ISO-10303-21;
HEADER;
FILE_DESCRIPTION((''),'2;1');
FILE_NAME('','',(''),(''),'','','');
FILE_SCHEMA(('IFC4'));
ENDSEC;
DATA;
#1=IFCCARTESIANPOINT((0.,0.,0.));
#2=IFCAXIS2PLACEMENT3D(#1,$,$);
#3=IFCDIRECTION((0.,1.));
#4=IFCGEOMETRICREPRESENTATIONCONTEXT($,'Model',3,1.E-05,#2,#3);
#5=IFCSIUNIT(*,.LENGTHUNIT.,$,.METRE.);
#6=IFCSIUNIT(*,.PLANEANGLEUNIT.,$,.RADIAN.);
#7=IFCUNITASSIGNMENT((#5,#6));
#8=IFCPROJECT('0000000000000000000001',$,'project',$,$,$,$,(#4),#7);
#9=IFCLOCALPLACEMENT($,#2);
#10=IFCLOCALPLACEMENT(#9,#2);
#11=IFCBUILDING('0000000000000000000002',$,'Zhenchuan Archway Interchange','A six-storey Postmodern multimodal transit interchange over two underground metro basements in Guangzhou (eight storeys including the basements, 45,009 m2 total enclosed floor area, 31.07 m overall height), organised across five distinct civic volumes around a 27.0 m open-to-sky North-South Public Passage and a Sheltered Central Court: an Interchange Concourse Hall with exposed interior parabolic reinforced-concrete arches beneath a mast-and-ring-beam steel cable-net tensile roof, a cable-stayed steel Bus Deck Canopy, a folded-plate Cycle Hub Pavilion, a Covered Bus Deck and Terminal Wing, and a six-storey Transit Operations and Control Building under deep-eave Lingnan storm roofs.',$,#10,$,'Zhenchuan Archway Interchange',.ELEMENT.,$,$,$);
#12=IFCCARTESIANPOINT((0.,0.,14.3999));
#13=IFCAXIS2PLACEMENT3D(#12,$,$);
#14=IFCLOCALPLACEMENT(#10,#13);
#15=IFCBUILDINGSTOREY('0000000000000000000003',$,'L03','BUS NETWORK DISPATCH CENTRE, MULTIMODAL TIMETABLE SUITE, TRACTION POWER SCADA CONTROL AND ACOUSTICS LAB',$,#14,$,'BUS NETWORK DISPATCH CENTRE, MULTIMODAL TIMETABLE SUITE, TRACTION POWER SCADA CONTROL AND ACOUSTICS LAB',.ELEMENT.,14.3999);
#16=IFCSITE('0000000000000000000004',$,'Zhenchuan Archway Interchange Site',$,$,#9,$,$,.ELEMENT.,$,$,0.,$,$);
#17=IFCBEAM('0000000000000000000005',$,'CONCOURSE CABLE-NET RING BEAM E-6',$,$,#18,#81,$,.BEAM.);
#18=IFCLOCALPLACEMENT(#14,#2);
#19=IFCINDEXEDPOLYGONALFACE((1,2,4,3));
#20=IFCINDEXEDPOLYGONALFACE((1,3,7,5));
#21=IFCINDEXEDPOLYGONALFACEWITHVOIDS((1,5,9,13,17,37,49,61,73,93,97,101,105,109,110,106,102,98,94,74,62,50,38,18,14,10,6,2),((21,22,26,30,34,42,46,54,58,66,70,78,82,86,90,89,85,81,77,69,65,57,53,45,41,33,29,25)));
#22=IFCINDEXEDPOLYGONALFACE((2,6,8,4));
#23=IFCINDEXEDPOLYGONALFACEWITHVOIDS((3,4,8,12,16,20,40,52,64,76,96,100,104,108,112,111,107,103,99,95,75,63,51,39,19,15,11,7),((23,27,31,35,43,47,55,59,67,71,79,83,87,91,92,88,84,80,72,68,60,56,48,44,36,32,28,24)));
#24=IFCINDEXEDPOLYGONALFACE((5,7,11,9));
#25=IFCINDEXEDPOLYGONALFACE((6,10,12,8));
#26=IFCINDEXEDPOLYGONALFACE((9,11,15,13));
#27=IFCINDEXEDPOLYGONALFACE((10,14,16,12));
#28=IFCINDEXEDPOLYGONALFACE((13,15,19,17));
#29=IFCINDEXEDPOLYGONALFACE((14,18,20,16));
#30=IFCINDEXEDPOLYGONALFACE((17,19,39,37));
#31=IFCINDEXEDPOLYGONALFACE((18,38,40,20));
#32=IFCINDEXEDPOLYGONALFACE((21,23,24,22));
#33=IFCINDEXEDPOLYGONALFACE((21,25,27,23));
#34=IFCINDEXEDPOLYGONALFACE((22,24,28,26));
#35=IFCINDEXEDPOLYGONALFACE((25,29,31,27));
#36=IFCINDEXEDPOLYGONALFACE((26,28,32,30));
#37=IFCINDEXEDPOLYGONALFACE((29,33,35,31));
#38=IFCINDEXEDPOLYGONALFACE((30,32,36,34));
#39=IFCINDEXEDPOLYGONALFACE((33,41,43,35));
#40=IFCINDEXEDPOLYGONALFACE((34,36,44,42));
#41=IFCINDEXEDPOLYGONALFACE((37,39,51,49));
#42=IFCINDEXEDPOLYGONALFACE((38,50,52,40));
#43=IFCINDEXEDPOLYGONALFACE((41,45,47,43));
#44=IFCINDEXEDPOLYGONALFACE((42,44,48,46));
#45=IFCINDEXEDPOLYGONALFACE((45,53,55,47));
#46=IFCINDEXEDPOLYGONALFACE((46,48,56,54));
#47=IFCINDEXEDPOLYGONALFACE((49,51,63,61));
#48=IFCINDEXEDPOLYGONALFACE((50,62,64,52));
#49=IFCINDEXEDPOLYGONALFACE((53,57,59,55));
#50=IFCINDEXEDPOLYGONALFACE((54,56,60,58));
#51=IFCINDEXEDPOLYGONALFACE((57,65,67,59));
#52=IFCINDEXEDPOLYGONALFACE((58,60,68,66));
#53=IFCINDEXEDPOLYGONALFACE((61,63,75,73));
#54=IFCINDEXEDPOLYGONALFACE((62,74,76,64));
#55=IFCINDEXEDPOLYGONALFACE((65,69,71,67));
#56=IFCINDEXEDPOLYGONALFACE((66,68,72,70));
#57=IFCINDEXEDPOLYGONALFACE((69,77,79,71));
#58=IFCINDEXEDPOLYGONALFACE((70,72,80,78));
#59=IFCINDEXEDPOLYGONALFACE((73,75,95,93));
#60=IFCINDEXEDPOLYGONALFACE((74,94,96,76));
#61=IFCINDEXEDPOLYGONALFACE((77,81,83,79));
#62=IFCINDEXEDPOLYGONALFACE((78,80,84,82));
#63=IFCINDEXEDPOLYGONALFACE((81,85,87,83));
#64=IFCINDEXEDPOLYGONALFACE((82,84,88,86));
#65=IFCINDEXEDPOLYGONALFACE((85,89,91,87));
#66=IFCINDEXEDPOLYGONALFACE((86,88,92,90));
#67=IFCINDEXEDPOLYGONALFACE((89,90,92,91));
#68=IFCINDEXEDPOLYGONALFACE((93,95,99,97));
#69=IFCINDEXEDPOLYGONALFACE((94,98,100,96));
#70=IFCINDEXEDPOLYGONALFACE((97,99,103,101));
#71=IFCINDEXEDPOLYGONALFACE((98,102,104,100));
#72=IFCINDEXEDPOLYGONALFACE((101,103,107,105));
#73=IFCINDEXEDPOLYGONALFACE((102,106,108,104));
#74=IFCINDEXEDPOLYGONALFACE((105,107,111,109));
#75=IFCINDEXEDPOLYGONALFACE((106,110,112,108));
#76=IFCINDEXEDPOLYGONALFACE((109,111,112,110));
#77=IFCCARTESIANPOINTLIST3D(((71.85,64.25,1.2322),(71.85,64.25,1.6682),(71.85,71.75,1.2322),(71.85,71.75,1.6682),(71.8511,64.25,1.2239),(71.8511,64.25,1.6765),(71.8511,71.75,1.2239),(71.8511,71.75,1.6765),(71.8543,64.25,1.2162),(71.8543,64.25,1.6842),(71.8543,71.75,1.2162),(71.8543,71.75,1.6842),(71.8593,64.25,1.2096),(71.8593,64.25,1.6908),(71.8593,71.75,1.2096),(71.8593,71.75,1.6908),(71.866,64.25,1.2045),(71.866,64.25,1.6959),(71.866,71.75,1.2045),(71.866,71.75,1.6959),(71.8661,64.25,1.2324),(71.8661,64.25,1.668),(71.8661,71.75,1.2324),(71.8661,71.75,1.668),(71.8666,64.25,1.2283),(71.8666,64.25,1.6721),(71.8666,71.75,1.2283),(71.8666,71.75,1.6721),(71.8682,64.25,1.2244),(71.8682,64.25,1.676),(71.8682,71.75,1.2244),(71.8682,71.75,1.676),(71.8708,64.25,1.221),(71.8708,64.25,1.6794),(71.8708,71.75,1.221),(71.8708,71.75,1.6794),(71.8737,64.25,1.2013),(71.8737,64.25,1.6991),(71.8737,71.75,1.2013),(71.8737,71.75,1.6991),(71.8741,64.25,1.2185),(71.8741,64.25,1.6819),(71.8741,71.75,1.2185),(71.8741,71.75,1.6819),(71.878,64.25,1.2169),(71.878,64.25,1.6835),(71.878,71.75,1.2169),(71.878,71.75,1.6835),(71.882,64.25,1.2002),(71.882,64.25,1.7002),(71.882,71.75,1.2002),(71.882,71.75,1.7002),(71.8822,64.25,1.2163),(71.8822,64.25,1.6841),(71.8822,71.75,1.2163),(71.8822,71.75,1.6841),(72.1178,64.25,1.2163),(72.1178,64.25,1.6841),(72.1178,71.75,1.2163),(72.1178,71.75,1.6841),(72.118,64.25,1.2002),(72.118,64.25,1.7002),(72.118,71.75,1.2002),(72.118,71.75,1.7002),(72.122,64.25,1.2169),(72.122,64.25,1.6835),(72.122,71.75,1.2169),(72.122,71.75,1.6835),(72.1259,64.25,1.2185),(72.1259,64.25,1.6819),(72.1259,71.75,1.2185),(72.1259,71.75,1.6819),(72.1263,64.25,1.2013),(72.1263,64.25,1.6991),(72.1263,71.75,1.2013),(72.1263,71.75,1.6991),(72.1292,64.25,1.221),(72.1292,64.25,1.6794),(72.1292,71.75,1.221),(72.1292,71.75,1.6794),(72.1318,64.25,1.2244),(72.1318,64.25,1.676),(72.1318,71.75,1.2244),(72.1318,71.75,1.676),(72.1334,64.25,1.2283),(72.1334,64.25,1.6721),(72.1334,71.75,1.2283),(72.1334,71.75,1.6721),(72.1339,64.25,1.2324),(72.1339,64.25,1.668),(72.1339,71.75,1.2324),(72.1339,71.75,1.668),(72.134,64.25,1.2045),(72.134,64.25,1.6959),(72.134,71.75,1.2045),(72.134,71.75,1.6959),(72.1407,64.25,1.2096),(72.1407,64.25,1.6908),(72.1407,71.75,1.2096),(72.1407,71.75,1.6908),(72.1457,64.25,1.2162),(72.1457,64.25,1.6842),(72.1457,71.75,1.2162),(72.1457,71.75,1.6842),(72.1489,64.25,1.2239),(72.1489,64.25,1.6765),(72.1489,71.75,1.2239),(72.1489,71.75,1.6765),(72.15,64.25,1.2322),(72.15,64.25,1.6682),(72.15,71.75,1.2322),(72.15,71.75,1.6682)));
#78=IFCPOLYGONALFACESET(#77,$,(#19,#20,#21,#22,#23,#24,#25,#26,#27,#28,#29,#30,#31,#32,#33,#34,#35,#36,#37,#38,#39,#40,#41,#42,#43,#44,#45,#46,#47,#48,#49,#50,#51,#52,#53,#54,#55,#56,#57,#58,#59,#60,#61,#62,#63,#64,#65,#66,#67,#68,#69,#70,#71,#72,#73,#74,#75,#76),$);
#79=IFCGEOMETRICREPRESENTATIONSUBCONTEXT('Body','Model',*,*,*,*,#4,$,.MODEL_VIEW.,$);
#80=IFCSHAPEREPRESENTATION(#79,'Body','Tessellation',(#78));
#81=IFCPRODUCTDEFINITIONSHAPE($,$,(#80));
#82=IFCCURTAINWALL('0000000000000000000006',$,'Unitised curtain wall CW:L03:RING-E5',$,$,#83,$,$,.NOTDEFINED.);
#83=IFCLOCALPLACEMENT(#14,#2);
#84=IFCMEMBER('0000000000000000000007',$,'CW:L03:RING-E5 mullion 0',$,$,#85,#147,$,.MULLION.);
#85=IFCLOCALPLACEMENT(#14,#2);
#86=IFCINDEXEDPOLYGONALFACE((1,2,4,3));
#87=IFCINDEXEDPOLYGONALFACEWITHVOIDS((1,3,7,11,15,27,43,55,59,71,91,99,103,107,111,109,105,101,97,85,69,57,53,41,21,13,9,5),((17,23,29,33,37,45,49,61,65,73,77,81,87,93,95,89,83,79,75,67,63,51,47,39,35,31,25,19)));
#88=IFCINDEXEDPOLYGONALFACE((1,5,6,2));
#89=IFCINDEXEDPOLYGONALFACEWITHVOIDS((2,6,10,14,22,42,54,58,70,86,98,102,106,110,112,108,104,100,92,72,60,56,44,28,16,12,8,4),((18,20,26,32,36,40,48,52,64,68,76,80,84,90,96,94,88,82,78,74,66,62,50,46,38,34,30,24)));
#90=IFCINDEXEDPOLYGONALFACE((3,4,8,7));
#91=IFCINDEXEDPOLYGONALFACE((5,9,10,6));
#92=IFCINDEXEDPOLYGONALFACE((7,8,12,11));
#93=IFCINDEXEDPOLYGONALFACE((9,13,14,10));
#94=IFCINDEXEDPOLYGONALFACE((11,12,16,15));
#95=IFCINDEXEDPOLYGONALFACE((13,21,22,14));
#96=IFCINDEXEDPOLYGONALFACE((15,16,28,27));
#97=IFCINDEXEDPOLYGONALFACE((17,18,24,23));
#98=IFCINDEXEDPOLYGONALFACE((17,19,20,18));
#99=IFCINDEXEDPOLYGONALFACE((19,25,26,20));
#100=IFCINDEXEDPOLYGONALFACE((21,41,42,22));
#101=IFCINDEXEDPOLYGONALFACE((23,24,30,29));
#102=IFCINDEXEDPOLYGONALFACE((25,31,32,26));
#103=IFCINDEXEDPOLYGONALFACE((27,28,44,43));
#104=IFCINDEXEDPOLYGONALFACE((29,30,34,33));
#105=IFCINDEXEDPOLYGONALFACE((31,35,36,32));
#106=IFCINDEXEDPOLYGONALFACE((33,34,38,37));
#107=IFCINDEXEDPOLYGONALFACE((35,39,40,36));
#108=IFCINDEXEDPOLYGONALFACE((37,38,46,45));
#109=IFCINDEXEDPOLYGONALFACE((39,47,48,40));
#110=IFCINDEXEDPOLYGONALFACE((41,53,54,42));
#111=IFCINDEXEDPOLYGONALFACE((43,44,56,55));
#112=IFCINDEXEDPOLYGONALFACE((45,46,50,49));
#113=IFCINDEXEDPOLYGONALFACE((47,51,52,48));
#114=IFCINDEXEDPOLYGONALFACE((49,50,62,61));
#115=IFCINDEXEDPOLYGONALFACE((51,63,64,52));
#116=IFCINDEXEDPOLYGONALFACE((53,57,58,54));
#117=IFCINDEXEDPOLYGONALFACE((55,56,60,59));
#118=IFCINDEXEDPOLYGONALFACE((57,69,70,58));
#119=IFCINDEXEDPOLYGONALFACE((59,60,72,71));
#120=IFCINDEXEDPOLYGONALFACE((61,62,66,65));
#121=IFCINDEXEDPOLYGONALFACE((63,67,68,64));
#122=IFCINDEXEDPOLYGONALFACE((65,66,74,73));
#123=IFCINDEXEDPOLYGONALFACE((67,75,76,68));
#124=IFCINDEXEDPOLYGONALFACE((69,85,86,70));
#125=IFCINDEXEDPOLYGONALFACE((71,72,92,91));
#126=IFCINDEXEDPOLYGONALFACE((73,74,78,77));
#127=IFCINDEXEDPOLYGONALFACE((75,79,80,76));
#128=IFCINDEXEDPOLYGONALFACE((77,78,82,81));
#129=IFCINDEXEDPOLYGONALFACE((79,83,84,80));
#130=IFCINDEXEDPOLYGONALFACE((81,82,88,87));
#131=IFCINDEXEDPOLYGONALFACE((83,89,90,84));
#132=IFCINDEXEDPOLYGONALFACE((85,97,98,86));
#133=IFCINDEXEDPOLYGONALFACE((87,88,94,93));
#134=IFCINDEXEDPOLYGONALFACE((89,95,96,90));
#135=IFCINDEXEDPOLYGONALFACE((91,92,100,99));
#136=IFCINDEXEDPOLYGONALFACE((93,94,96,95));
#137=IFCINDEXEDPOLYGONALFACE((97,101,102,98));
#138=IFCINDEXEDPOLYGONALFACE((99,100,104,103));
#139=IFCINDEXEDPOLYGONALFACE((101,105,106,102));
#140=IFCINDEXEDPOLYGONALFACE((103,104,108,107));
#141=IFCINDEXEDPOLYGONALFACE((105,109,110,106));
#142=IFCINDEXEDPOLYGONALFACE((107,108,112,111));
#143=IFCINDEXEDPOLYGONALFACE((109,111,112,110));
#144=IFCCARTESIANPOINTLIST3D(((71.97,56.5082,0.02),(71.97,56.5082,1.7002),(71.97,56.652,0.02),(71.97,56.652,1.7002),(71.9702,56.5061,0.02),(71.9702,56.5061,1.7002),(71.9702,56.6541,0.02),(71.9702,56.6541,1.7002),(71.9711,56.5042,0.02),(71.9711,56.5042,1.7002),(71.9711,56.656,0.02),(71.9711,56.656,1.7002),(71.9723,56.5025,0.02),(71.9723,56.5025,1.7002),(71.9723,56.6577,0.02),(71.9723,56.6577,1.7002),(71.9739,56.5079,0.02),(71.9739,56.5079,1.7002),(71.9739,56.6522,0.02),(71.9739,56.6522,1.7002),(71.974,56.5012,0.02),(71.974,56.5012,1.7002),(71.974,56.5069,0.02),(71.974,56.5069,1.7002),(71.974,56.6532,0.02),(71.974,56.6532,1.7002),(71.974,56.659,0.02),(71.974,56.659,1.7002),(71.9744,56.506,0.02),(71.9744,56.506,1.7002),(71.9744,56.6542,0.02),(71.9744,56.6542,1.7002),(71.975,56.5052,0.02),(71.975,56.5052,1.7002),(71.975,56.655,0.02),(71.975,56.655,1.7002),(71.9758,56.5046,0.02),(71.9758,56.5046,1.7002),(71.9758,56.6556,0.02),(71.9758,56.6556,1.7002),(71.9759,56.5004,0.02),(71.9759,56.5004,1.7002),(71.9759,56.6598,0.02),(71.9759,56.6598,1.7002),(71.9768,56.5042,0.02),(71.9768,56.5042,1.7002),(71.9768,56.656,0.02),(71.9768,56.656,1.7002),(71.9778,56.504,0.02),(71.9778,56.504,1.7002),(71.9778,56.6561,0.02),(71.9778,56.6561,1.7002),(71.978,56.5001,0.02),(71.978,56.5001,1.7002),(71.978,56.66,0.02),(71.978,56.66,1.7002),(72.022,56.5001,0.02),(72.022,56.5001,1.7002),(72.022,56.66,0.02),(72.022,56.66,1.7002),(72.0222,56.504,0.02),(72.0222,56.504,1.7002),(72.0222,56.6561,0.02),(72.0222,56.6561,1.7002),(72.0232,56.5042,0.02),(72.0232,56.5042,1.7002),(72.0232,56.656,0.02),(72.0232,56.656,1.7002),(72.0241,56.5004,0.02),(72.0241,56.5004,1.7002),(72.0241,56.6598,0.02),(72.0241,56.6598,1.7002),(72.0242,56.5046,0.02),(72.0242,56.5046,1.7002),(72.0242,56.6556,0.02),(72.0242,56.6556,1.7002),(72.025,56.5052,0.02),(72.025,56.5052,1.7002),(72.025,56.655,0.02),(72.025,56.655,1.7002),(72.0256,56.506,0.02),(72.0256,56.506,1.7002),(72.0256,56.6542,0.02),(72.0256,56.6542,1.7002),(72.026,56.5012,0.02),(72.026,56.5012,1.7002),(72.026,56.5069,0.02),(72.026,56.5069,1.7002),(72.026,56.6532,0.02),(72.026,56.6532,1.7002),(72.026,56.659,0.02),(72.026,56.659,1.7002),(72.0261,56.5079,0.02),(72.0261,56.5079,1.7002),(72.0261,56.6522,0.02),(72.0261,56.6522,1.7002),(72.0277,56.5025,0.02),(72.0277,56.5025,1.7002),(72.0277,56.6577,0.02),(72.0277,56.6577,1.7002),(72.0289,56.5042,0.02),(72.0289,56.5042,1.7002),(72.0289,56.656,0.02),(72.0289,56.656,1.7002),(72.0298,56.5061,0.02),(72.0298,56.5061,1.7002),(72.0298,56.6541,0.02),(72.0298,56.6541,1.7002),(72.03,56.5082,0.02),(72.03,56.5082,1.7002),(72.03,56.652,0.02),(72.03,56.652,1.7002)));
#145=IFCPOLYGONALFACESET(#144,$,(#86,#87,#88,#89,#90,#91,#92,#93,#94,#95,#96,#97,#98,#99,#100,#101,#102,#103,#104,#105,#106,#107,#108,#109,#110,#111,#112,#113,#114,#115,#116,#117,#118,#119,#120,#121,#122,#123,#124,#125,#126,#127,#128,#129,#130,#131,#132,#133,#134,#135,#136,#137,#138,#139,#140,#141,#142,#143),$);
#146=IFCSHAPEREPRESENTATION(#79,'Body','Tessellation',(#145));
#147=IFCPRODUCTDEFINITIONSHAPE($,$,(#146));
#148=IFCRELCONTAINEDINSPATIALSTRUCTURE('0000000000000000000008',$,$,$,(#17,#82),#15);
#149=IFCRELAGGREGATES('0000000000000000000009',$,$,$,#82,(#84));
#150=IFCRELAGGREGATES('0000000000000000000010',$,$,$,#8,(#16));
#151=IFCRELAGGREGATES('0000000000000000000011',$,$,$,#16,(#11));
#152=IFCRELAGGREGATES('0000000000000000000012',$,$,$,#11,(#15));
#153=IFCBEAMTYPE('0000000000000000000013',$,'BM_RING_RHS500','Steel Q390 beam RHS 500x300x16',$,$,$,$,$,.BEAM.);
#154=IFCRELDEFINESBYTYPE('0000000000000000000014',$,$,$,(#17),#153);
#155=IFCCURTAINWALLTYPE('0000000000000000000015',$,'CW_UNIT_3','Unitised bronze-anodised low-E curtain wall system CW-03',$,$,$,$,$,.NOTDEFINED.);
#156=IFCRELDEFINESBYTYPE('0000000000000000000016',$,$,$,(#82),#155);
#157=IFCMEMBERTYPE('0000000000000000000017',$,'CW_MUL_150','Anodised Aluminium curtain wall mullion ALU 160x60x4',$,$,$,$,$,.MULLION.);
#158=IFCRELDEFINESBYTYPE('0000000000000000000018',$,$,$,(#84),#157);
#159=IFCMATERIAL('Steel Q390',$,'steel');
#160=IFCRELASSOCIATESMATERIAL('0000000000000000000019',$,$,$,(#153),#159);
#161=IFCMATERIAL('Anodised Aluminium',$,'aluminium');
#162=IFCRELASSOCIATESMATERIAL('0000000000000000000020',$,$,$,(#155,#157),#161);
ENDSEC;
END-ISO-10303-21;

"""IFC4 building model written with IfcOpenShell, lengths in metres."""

from ifc_helpers import new_model, si_unit, direction, frame, origin, origin_2d, place, context, subcontext, project, spatial, hollow_rectangle, extrude, material, material_profile, profile_set, type_object, element, aggregate, save


model = new_model("IFC4")

# Units and contexts
model_context = context("Model", 3, precision=1e-05, world=origin(), true_north=direction((0.0, 1.0)))
body_context = subcontext(model_context, "Body", "Model", "MODEL_VIEW")
ifc_project = project(units=[si_unit("LENGTHUNIT", "METRE"), si_unit("PLANEANGLEUNIT", "RADIAN")], contexts=[model_context])

# Site, building, storey
site_placement = place(None, origin())
site = spatial("IfcSite", under=ifc_project, at=site_placement, Name="Zhenchuan Archway Interchange Site", CompositionType="ELEMENT", RefElevation=0.0)
building_placement = place(site_placement, origin())
building = spatial("IfcBuilding", under=site, at=building_placement, Name="Zhenchuan Archway Interchange", Description="A six-storey Postmodern multimodal transit interchange over two underground metro basements in Guangzhou (eight storeys including the basements, 45,009 m2 total enclosed floor area, 31.07 m overall height), organised across five distinct civic volumes around a 27.0 m open-to-sky North-South Public Passage and a Sheltered Central Court: an Interchange Concourse Hall with exposed interior parabolic reinforced-concrete arches beneath a mast-and-ring-beam steel cable-net tensile roof, a cable-stayed steel Bus Deck Canopy, a folded-plate Cycle Hub Pavilion, a Covered Bus Deck and Terminal Wing, and a six-storey Transit Operations and Control Building under deep-eave Lingnan storm roofs.", LongName="Zhenchuan Archway Interchange", CompositionType="ELEMENT")
storey_placement = place(building_placement, frame((0.0, 0.0, 14.3999)))
storey = spatial("IfcBuildingStorey", under=building, at=storey_placement, Name="L03", Description="BUS NETWORK DISPATCH CENTRE, MULTIMODAL TIMETABLE SUITE, TRACTION POWER SCADA CONTROL AND ACOUSTICS LAB", LongName="BUS NETWORK DISPATCH CENTRE, MULTIMODAL TIMETABLE SUITE, TRACTION POWER SCADA CONTROL AND ACOUSTICS LAB", CompositionType="ELEMENT", Elevation=14.3999)

# Beam
ifc_material_1 = material(Name="Steel Q390", Category="steel")
ifc_material_profile_1 = material_profile(ifc_material_1, hollow_rectangle(XDim=0.3, YDim=0.5, WallThickness=0.0161, InnerFilletRadius=0.0161, OuterFilletRadius=0.032, at=origin_2d()), Name="RHS 500x300x16")
ifc_profile_set_1 = profile_set([ifc_material_profile_1], Name="Steel Q390")
beam_type = type_object("IfcBeamType", Name="BM_RING_RHS500", Description="Steel Q390 beam RHS 500x300x16", PredefinedType="BEAM", material=ifc_profile_set_1)
for number, where, z_axis, x_axis, name in (
    (1, (72.0, 64.25, 1.4502), (0.0, 1.0, 0.0), (-1.0, 0.0, 0.0), "CONCOURSE CABLE-NET RING BEAM E-6"),
):
    element("IfcBeam", number, at=place(storey_placement, frame(where, z_axis=z_axis, x_axis=x_axis)), inside=storey, type_object=beam_type, Name=name, PredefinedType="BEAM", context=body_context, shape_type="SweptSolid", body=[
        extrude(hollow_rectangle(XDim=0.3, YDim=0.5, WallThickness=0.0161, InnerFilletRadius=0.0161, OuterFilletRadius=0.032, at=origin_2d()), origin(), (0.0, 0.0, 1.0), 7.5),
    ])

# Curtain wall, member
ifc_material_2 = material(Name="Anodised Aluminium", Category="aluminium")
curtain_wall_type = type_object("IfcCurtainWallType", Name="CW_UNIT_3", Description="Unitised bronze-anodised low-E curtain wall system CW-03", PredefinedType="NOTDEFINED", material=ifc_material_2)
curtain_wall_1_placement = place(storey_placement, origin())
curtain_wall_1 = element("IfcCurtainWall", 2, at=curtain_wall_1_placement, inside=storey, type_object=curtain_wall_type, Name="Unitised curtain wall CW:L03:RING-E5", PredefinedType="NOTDEFINED")
ifc_material_profile_2 = material_profile(ifc_material_2, hollow_rectangle(XDim=0.0601, YDim=0.1599, WallThickness=0.0039, InnerFilletRadius=0.0039, OuterFilletRadius=0.0081, at=origin_2d()), Name="ALU 160x60x4")
ifc_profile_set_2 = profile_set([ifc_material_profile_2], Name="Anodised Aluminium")
member_type_1 = type_object("IfcMemberType", Name="CW_MUL_150", Description="Anodised Aluminium curtain wall mullion ALU 160x60x4", PredefinedType="MULLION", material=ifc_profile_set_2)
member_1_placement = place(storey_placement, frame((72.0, 56.5801, 0.02), z_axis=(0.0, 0.0, 1.0), x_axis=(1.0, 0.0, 0.0)))
member_1 = element("IfcMember", 3, at=member_1_placement, type_object=member_type_1, Name="CW:L03:RING-E5 mullion 0", PredefinedType="MULLION", context=body_context, shape_type="SweptSolid", body=[
    extrude(hollow_rectangle(XDim=0.0601, YDim=0.1599, WallThickness=0.0039, InnerFilletRadius=0.0039, OuterFilletRadius=0.0081, at=origin_2d()), origin(), (0.0, 0.0, 1.0), 1.6802),
])

aggregate(curtain_wall_1, [member_1])

save(model, "model.ifc")
